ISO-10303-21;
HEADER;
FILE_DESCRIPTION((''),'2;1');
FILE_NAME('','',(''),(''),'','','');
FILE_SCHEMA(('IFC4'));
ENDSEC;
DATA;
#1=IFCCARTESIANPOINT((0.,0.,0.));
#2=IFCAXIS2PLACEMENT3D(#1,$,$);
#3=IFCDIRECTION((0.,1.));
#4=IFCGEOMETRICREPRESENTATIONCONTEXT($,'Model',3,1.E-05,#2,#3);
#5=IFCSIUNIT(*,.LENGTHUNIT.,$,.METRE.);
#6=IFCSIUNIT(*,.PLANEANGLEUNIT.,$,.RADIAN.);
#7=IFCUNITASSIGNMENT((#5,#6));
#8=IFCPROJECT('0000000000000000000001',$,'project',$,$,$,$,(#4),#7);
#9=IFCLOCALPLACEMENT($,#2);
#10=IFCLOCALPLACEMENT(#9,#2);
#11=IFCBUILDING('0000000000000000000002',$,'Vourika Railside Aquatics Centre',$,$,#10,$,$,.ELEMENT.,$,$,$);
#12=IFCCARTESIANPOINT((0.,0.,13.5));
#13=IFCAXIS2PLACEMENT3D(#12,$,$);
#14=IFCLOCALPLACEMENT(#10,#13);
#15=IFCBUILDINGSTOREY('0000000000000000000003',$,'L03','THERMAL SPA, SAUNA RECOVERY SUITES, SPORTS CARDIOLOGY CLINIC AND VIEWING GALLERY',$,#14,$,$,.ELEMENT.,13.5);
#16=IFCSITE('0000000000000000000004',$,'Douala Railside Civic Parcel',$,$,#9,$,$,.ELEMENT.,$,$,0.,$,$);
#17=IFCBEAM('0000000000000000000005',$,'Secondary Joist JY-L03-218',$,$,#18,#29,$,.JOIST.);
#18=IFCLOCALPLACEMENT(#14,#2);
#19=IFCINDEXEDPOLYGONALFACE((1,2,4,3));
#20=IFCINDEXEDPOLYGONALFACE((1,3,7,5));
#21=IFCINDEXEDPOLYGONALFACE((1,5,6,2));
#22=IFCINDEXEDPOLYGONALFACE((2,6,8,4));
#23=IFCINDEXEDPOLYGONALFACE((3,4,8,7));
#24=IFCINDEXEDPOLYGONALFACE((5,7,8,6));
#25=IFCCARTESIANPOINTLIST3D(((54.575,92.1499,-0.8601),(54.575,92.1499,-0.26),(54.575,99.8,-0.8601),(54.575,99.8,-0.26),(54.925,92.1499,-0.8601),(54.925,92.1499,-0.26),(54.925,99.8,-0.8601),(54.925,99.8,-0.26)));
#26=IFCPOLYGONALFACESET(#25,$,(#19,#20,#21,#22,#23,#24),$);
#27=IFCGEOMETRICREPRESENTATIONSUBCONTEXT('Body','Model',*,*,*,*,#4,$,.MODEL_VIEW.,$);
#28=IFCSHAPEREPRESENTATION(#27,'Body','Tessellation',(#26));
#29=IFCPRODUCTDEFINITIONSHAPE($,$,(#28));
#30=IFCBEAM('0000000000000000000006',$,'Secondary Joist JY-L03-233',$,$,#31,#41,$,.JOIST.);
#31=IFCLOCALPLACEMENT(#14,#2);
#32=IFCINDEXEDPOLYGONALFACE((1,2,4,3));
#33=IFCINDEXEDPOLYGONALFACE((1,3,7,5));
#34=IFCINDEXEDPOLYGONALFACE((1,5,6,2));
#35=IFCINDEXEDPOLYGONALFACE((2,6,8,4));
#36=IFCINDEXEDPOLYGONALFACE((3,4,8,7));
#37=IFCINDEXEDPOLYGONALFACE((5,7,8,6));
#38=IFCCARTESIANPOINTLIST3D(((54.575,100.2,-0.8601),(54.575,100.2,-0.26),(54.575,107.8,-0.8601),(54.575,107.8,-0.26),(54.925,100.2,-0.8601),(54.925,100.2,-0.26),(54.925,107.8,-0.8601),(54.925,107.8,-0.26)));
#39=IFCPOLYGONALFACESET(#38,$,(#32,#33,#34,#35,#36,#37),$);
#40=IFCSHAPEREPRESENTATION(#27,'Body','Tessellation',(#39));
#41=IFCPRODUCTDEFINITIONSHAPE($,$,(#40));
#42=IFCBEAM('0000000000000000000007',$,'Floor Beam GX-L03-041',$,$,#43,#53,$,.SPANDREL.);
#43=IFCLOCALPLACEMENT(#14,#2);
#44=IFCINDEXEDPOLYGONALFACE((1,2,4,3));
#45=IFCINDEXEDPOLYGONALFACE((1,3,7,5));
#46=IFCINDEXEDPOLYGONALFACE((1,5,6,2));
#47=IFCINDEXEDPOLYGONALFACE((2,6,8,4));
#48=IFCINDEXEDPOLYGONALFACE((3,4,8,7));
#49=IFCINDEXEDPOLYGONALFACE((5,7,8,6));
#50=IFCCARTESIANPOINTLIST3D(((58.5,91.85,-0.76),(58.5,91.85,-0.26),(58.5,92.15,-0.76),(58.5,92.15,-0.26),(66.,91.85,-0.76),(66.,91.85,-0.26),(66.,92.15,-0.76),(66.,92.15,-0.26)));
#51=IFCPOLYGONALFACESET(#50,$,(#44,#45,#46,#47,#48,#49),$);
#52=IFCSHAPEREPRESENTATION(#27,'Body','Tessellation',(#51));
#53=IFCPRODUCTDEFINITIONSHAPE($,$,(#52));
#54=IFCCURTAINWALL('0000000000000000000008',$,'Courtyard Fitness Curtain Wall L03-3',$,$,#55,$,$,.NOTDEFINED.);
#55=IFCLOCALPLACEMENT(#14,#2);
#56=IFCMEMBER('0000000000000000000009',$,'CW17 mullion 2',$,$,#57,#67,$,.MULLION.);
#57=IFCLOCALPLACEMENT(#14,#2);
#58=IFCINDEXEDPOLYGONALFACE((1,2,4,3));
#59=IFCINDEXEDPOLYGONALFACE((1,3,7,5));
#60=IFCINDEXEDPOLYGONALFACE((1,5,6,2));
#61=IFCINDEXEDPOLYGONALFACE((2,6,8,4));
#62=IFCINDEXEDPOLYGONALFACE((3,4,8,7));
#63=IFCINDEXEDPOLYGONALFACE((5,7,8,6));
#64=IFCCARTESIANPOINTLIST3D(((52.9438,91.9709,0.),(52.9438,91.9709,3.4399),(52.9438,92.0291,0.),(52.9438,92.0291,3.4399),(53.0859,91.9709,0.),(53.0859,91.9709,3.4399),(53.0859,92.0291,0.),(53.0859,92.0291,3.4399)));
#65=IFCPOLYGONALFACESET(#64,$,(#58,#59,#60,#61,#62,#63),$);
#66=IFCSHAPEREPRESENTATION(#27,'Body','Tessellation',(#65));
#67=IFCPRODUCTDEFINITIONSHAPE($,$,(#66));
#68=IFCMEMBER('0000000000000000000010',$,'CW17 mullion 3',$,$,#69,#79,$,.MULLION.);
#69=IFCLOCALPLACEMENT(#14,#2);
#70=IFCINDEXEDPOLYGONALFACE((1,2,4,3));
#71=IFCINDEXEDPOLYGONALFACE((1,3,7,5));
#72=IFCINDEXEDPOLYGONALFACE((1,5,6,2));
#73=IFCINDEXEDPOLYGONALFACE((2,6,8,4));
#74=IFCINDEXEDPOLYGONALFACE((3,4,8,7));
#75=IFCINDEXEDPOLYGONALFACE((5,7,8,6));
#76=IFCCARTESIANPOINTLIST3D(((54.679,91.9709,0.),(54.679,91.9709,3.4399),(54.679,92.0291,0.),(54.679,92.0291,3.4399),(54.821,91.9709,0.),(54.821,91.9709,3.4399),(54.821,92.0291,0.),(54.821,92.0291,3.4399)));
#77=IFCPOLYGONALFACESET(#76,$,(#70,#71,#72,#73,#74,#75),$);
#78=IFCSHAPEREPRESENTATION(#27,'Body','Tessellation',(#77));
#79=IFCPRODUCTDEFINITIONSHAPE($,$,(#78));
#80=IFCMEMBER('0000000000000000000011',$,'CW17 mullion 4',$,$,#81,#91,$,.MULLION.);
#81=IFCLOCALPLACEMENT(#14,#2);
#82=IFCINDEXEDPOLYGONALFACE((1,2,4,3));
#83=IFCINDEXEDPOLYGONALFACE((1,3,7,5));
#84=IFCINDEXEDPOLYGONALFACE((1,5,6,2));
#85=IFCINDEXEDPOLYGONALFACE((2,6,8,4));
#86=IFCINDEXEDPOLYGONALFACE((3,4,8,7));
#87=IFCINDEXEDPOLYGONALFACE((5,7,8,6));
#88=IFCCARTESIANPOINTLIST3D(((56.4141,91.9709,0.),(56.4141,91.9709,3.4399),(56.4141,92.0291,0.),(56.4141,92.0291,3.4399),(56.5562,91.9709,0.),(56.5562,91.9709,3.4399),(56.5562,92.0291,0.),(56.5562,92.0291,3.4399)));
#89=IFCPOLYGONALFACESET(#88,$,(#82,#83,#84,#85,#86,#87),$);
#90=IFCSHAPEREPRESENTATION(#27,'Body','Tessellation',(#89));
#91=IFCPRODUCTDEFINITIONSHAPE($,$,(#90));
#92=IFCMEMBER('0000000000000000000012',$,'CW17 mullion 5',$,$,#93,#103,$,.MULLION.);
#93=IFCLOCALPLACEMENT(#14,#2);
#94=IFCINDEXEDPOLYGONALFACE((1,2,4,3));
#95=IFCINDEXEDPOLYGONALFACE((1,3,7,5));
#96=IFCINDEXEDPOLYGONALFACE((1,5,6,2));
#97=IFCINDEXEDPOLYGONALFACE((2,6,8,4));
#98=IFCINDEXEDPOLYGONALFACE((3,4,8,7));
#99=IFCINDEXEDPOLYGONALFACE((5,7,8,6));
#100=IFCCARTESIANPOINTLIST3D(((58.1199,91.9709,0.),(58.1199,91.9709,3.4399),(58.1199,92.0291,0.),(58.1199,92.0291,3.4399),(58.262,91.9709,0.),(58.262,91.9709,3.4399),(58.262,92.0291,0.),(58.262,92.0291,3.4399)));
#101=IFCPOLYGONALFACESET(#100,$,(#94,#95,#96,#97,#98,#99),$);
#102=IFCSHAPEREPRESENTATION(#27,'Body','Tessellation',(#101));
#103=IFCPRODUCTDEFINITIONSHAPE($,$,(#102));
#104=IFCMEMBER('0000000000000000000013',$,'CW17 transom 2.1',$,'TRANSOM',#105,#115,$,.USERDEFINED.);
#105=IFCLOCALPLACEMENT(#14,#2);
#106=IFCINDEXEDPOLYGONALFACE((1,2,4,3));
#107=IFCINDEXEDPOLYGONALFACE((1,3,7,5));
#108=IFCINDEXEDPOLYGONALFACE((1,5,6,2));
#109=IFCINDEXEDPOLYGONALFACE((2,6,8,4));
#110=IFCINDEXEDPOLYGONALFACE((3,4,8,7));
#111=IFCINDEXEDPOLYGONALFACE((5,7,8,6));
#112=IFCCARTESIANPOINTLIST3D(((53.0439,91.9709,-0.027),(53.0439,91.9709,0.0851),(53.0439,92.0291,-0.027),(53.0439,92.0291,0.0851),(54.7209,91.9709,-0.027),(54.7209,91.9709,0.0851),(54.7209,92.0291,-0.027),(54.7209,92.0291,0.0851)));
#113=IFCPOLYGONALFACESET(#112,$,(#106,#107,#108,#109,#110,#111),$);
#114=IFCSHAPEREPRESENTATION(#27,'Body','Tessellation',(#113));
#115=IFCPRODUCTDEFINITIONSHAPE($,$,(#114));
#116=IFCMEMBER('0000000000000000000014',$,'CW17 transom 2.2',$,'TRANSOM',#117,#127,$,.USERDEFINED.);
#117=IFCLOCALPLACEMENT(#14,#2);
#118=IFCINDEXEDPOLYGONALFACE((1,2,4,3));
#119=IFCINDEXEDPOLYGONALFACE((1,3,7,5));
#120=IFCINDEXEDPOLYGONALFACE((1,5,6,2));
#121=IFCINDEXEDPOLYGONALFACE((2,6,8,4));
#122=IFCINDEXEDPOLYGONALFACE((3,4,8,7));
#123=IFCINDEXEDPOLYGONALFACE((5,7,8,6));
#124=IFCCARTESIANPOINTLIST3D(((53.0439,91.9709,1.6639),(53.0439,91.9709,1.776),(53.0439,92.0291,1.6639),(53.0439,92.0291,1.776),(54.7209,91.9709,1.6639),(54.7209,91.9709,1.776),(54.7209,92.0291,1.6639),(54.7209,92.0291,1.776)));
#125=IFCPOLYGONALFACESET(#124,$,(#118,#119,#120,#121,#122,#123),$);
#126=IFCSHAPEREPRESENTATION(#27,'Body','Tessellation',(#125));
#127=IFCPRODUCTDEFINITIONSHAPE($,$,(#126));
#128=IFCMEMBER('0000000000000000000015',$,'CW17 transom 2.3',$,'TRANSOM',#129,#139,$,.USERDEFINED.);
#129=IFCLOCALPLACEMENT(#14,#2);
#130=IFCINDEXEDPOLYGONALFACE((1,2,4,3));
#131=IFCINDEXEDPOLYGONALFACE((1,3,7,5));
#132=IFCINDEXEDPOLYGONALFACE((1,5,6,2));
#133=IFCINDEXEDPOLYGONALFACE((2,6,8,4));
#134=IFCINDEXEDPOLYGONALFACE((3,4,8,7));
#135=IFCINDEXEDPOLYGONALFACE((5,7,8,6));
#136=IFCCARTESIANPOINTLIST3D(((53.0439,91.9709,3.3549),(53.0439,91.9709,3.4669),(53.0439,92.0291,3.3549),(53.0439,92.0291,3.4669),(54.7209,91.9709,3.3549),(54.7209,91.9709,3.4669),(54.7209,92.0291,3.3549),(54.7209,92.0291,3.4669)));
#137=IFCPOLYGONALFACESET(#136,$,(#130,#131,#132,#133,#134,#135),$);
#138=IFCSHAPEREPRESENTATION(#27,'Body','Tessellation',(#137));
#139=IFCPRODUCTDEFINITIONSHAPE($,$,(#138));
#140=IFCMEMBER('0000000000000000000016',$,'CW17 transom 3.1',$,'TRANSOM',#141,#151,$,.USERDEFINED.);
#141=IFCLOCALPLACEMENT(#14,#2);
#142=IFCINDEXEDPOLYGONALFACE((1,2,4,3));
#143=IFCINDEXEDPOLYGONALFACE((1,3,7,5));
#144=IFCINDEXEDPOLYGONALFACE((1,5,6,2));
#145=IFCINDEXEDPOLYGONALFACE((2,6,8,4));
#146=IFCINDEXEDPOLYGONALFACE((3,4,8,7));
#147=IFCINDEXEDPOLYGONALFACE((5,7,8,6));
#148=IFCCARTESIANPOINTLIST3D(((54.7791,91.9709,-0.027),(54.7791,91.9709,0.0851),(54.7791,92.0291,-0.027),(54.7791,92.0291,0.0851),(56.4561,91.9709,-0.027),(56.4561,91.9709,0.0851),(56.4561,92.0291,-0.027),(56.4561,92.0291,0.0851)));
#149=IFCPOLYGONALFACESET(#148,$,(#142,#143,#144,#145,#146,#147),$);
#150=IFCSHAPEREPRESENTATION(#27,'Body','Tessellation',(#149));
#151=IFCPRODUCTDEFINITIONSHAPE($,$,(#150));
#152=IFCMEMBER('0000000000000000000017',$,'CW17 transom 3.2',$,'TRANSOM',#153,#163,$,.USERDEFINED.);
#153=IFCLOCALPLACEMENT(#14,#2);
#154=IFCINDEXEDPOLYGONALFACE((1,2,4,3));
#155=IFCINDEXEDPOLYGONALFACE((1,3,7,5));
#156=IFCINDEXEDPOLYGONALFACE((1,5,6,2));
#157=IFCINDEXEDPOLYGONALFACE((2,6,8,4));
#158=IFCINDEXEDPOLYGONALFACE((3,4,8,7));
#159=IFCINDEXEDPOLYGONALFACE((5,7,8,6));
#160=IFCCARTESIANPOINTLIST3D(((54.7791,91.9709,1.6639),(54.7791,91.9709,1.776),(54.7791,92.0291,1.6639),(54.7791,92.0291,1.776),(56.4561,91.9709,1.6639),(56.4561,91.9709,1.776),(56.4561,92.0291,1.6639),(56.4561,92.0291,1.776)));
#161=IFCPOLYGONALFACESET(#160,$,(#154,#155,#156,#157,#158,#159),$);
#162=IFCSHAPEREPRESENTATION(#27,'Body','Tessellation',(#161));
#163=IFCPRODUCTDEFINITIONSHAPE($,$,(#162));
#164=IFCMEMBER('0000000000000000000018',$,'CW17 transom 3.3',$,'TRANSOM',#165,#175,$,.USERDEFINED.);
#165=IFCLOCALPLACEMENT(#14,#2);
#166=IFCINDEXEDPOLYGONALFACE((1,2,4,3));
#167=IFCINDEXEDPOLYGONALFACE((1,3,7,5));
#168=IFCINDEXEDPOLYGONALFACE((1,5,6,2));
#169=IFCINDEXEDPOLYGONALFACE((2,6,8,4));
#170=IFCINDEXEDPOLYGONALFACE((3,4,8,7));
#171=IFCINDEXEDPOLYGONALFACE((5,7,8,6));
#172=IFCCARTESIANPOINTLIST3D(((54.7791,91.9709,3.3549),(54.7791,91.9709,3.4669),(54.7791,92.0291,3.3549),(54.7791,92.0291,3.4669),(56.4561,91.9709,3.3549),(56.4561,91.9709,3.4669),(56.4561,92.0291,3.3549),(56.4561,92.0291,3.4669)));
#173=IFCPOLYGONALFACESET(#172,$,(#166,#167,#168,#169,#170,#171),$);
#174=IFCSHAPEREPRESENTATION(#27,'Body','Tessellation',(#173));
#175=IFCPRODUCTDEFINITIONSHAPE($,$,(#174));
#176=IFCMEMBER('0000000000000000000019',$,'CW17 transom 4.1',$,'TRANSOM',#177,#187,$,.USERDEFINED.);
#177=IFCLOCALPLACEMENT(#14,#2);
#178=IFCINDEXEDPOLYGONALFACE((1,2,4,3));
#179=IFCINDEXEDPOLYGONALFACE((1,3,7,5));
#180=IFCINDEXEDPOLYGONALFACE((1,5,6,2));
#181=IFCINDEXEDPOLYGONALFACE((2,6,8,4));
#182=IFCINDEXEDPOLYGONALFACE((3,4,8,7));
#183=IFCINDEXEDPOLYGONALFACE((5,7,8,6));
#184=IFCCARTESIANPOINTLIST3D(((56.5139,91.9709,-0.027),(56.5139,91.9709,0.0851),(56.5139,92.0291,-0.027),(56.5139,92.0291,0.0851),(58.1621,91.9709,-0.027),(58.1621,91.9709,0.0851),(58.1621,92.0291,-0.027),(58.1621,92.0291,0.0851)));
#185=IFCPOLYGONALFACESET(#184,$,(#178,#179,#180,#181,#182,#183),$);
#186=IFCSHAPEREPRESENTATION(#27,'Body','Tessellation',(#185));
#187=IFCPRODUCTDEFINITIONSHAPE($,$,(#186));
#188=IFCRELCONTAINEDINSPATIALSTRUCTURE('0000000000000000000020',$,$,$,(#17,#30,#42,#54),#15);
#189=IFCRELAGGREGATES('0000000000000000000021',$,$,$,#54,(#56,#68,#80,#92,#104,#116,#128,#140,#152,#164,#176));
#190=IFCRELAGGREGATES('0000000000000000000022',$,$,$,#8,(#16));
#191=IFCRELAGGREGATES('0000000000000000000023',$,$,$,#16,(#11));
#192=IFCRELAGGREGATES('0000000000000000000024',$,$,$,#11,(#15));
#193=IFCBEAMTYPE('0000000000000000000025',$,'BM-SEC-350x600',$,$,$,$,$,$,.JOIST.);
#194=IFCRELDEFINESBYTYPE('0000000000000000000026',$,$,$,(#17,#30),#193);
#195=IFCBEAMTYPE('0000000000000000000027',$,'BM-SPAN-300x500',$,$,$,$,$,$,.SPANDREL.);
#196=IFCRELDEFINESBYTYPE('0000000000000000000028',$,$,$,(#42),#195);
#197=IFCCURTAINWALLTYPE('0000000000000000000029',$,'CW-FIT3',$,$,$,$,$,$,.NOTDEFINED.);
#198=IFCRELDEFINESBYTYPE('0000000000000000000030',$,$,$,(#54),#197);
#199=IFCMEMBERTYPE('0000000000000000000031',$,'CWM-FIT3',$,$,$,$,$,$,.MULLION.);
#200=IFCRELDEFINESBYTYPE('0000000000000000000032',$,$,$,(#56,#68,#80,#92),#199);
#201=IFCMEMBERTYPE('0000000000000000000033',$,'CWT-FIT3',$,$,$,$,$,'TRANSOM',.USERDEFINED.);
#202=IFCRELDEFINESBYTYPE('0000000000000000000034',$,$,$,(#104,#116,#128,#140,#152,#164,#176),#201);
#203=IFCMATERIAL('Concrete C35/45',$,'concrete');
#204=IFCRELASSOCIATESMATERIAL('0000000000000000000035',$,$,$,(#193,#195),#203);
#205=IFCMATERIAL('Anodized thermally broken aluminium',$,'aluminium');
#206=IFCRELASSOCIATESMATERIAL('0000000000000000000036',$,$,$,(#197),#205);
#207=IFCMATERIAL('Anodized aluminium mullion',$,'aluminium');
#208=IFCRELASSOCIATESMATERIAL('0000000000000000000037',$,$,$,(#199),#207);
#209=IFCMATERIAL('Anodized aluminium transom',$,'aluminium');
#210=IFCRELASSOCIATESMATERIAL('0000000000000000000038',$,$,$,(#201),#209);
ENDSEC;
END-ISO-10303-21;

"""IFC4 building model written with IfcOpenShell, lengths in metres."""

from ifc_helpers import new_model, si_unit, direction, frame, origin, origin_2d, place, context, subcontext, project, spatial, rectangle, extrude, material, material_profile, profile_set, type_object, element, aggregate, save


model = new_model("IFC4")

# Units and contexts
model_context = context("Model", 3, precision=1e-05, world=origin(), true_north=direction((0.0, 1.0)))
body_context = subcontext(model_context, "Body", "Model", "MODEL_VIEW")
ifc_project = project(units=[si_unit("LENGTHUNIT", "METRE"), si_unit("PLANEANGLEUNIT", "RADIAN")], contexts=[model_context])

# Site, building, storey
site_placement = place(None, origin())
site = spatial("IfcSite", under=ifc_project, at=site_placement, Name="Douala Railside Civic Parcel", CompositionType="ELEMENT", RefElevation=0.0)
building_placement = place(site_placement, origin())
building = spatial("IfcBuilding", under=site, at=building_placement, Name="Vourika Railside Aquatics Centre", CompositionType="ELEMENT")
storey_placement = place(building_placement, frame((0.0, 0.0, 13.5)))
storey = spatial("IfcBuildingStorey", under=building, at=storey_placement, Name="L03", Description="THERMAL SPA, SAUNA RECOVERY SUITES, SPORTS CARDIOLOGY CLINIC AND VIEWING GALLERY", CompositionType="ELEMENT", Elevation=13.5)

# Beams
ifc_material_1 = material(Name="Concrete C35/45", Category="concrete")
ifc_material_profile_1 = material_profile(ifc_material_1, rectangle(XDim=0.3501, YDim=0.6001, at=origin_2d()), Name="RC 350x600")
ifc_profile_set_1 = profile_set([ifc_material_profile_1], Name="Concrete C35/45")
beam_type_1 = type_object("IfcBeamType", Name="BM-SEC-350x600", PredefinedType="JOIST", material=ifc_profile_set_1)
beam_1_placement = place(storey_placement, frame((54.75, 92.1499, -0.5601), z_axis=(0.0, 1.0, 0.0), x_axis=(-1.0, 0.0, 0.0)))
element("IfcBeam", 1, at=beam_1_placement, inside=storey, type_object=beam_type_1, Name="Secondary Joist JY-L03-218", PredefinedType="JOIST", context=body_context, shape_type="SweptSolid", body=[
    extrude(rectangle(XDim=0.3501, YDim=0.6001, at=origin_2d()), origin(), (0.0, 0.0, 1.0), 7.6501),
])
beam_2_placement = place(storey_placement, frame((54.75, 100.2, -0.5601), z_axis=(0.0, 1.0, 0.0), x_axis=(-1.0, 0.0, 0.0)))
element("IfcBeam", 2, at=beam_2_placement, inside=storey, type_object=beam_type_1, Name="Secondary Joist JY-L03-233", PredefinedType="JOIST", context=body_context, shape_type="SweptSolid", body=[
    extrude(rectangle(XDim=0.3501, YDim=0.6001, at=origin_2d()), origin(), (0.0, 0.0, 1.0), 7.6001),
])
ifc_material_profile_2 = material_profile(ifc_material_1, rectangle(XDim=0.3, YDim=0.5, at=origin_2d()), Name="RC 300x500")
ifc_profile_set_2 = profile_set([ifc_material_profile_2], Name="Concrete C35/45")
beam_type_2 = type_object("IfcBeamType", Name="BM-SPAN-300x500", PredefinedType="SPANDREL", material=ifc_profile_set_2)
beam_3_placement = place(storey_placement, frame((58.5, 92.0, -0.51), z_axis=(1.0, 0.0, 0.0), x_axis=(0.0, 1.0, 0.0)))
element("IfcBeam", 3, at=beam_3_placement, inside=storey, type_object=beam_type_2, Name="Floor Beam GX-L03-041", PredefinedType="SPANDREL", context=body_context, shape_type="SweptSolid", body=[
    extrude(rectangle(XDim=0.3, YDim=0.5, at=origin_2d()), origin(), (0.0, 0.0, 1.0), 7.5),
])

# Curtain wall, members
ifc_material_2 = material(Name="Anodized thermally broken aluminium", Category="aluminium")
curtain_wall_type = type_object("IfcCurtainWallType", Name="CW-FIT3", PredefinedType="NOTDEFINED", material=ifc_material_2)
curtain_wall_placement = place(storey_placement, origin())
curtain_wall = element("IfcCurtainWall", 4, at=curtain_wall_placement, inside=storey, type_object=curtain_wall_type, Name="Courtyard Fitness Curtain Wall L03-3", PredefinedType="NOTDEFINED")
ifc_material_3 = material(Name="Anodized aluminium mullion", Category="aluminium")
ifc_material_profile_3 = material_profile(ifc_material_3, rectangle(XDim=0.0581, YDim=0.1421, at=origin_2d()), Name="ALU-M 58x142")
ifc_profile_set_3 = profile_set([ifc_material_profile_3], Name="Anodized aluminium mullion")
member_type_1 = type_object("IfcMemberType", Name="CWM-FIT3", PredefinedType="MULLION", material=ifc_profile_set_3)
member_1_placement = place(storey_placement, frame((53.0149, 92.0, 0.0), z_axis=(0.0, 0.0, 1.0), x_axis=(0.0, 1.0, 0.0)))
member_1 = element("IfcMember", 5, at=member_1_placement, type_object=member_type_1, Name="CW17 mullion 2", PredefinedType="MULLION", context=body_context, shape_type="SweptSolid", body=[
    extrude(rectangle(XDim=0.0581, YDim=0.1421, at=origin_2d()), origin(), (0.0, 0.0, 1.0), 3.4399),
])
member_2_placement = place(storey_placement, frame((54.75, 92.0, 0.0), z_axis=(0.0, 0.0, 1.0), x_axis=(0.0, 1.0, 0.0)))
member_2 = element("IfcMember", 6, at=member_2_placement, type_object=member_type_1, Name="CW17 mullion 3", PredefinedType="MULLION", context=body_context, shape_type="SweptSolid", body=[
    extrude(rectangle(XDim=0.0581, YDim=0.1421, at=origin_2d()), origin(), (0.0, 0.0, 1.0), 3.4399),
])
member_3_placement = place(storey_placement, frame((56.4851, 92.0, 0.0), z_axis=(0.0, 0.0, 1.0), x_axis=(0.0, 1.0, 0.0)))
member_3 = element("IfcMember", 7, at=member_3_placement, type_object=member_type_1, Name="CW17 mullion 4", PredefinedType="MULLION", context=body_context, shape_type="SweptSolid", body=[
    extrude(rectangle(XDim=0.0581, YDim=0.1421, at=origin_2d()), origin(), (0.0, 0.0, 1.0), 3.4399),
])
member_4_placement = place(storey_placement, frame((58.1909, 92.0, 0.0), z_axis=(0.0, 0.0, 1.0), x_axis=(0.0, 1.0, 0.0)))
member_4 = element("IfcMember", 8, at=member_4_placement, type_object=member_type_1, Name="CW17 mullion 5", PredefinedType="MULLION", context=body_context, shape_type="SweptSolid", body=[
    extrude(rectangle(XDim=0.0581, YDim=0.1421, at=origin_2d()), origin(), (0.0, 0.0, 1.0), 3.4399),
])
ifc_material_4 = material(Name="Anodized aluminium transom", Category="aluminium")
ifc_material_profile_4 = material_profile(ifc_material_4, rectangle(XDim=0.0581, YDim=0.1121, at=origin_2d()), Name="ALU-T 58x112")
ifc_profile_set_4 = profile_set([ifc_material_profile_4], Name="Anodized aluminium transom")
member_type_2 = type_object("IfcMemberType", Name="CWT-FIT3", ElementType="TRANSOM", PredefinedType="USERDEFINED", material=ifc_profile_set_4)
member_5_placement = place(storey_placement, frame((53.0439, 92.0, 0.0291), z_axis=(1.0, 0.0, 0.0), x_axis=(0.0, 1.0, 0.0)))
member_5 = element("IfcMember", 9, at=member_5_placement, type_object=member_type_2, Name="CW17 transom 2.1", ObjectType="TRANSOM", PredefinedType="USERDEFINED", context=body_context, shape_type="SweptSolid", body=[
    extrude(rectangle(XDim=0.0581, YDim=0.1121, at=origin_2d()), origin(), (0.0, 0.0, 1.0), 1.677),
])
member_6_placement = place(storey_placement, frame((53.0439, 92.0, 1.72), z_axis=(1.0, 0.0, 0.0), x_axis=(0.0, 1.0, 0.0)))
member_6 = element("IfcMember", 10, at=member_6_placement, type_object=member_type_2, Name="CW17 transom 2.2", ObjectType="TRANSOM", PredefinedType="USERDEFINED", context=body_context, shape_type="SweptSolid", body=[
    extrude(rectangle(XDim=0.0581, YDim=0.1121, at=origin_2d()), origin(), (0.0, 0.0, 1.0), 1.677),
])
member_7_placement = place(storey_placement, frame((53.0439, 92.0, 3.4109), z_axis=(1.0, 0.0, 0.0), x_axis=(0.0, 1.0, 0.0)))
member_7 = element("IfcMember", 11, at=member_7_placement, type_object=member_type_2, Name="CW17 transom 2.3", ObjectType="TRANSOM", PredefinedType="USERDEFINED", context=body_context, shape_type="SweptSolid", body=[
    extrude(rectangle(XDim=0.0581, YDim=0.1121, at=origin_2d()), origin(), (0.0, 0.0, 1.0), 1.677),
])
member_8_placement = place(storey_placement, frame((54.7791, 92.0, 0.0291), z_axis=(1.0, 0.0, 0.0), x_axis=(0.0, 1.0, 0.0)))
member_8 = element("IfcMember", 12, at=member_8_placement, type_object=member_type_2, Name="CW17 transom 3.1", ObjectType="TRANSOM", PredefinedType="USERDEFINED", context=body_context, shape_type="SweptSolid", body=[
    extrude(rectangle(XDim=0.0581, YDim=0.1121, at=origin_2d()), origin(), (0.0, 0.0, 1.0), 1.677),
])
member_9_placement = place(storey_placement, frame((54.7791, 92.0, 1.72), z_axis=(1.0, 0.0, 0.0), x_axis=(0.0, 1.0, 0.0)))
member_9 = element("IfcMember", 13, at=member_9_placement, type_object=member_type_2, Name="CW17 transom 3.2", ObjectType="TRANSOM", PredefinedType="USERDEFINED", context=body_context, shape_type="SweptSolid", body=[
    extrude(rectangle(XDim=0.0581, YDim=0.1121, at=origin_2d()), origin(), (0.0, 0.0, 1.0), 1.677),
])
member_10_placement = place(storey_placement, frame((54.7791, 92.0, 3.4109), z_axis=(1.0, 0.0, 0.0), x_axis=(0.0, 1.0, 0.0)))
member_10 = element("IfcMember", 14, at=member_10_placement, type_object=member_type_2, Name="CW17 transom 3.3", ObjectType="TRANSOM", PredefinedType="USERDEFINED", context=body_context, shape_type="SweptSolid", body=[
    extrude(rectangle(XDim=0.0581, YDim=0.1121, at=origin_2d()), origin(), (0.0, 0.0, 1.0), 1.677),
])
member_11_placement = place(storey_placement, frame((56.5139, 92.0, 0.0291), z_axis=(1.0, 0.0, 0.0), x_axis=(0.0, 1.0, 0.0)))
member_11 = element("IfcMember", 15, at=member_11_placement, type_object=member_type_2, Name="CW17 transom 4.1", ObjectType="TRANSOM", PredefinedType="USERDEFINED", context=body_context, shape_type="SweptSolid", body=[
    extrude(rectangle(XDim=0.0581, YDim=0.1121, at=origin_2d()), origin(), (0.0, 0.0, 1.0), 1.6482),
])
aggregate(curtain_wall, [member_1, member_2, member_3, member_4, member_5, member_6, member_7, member_8, member_9, member_10, member_11])

save(model, "model.ifc")
